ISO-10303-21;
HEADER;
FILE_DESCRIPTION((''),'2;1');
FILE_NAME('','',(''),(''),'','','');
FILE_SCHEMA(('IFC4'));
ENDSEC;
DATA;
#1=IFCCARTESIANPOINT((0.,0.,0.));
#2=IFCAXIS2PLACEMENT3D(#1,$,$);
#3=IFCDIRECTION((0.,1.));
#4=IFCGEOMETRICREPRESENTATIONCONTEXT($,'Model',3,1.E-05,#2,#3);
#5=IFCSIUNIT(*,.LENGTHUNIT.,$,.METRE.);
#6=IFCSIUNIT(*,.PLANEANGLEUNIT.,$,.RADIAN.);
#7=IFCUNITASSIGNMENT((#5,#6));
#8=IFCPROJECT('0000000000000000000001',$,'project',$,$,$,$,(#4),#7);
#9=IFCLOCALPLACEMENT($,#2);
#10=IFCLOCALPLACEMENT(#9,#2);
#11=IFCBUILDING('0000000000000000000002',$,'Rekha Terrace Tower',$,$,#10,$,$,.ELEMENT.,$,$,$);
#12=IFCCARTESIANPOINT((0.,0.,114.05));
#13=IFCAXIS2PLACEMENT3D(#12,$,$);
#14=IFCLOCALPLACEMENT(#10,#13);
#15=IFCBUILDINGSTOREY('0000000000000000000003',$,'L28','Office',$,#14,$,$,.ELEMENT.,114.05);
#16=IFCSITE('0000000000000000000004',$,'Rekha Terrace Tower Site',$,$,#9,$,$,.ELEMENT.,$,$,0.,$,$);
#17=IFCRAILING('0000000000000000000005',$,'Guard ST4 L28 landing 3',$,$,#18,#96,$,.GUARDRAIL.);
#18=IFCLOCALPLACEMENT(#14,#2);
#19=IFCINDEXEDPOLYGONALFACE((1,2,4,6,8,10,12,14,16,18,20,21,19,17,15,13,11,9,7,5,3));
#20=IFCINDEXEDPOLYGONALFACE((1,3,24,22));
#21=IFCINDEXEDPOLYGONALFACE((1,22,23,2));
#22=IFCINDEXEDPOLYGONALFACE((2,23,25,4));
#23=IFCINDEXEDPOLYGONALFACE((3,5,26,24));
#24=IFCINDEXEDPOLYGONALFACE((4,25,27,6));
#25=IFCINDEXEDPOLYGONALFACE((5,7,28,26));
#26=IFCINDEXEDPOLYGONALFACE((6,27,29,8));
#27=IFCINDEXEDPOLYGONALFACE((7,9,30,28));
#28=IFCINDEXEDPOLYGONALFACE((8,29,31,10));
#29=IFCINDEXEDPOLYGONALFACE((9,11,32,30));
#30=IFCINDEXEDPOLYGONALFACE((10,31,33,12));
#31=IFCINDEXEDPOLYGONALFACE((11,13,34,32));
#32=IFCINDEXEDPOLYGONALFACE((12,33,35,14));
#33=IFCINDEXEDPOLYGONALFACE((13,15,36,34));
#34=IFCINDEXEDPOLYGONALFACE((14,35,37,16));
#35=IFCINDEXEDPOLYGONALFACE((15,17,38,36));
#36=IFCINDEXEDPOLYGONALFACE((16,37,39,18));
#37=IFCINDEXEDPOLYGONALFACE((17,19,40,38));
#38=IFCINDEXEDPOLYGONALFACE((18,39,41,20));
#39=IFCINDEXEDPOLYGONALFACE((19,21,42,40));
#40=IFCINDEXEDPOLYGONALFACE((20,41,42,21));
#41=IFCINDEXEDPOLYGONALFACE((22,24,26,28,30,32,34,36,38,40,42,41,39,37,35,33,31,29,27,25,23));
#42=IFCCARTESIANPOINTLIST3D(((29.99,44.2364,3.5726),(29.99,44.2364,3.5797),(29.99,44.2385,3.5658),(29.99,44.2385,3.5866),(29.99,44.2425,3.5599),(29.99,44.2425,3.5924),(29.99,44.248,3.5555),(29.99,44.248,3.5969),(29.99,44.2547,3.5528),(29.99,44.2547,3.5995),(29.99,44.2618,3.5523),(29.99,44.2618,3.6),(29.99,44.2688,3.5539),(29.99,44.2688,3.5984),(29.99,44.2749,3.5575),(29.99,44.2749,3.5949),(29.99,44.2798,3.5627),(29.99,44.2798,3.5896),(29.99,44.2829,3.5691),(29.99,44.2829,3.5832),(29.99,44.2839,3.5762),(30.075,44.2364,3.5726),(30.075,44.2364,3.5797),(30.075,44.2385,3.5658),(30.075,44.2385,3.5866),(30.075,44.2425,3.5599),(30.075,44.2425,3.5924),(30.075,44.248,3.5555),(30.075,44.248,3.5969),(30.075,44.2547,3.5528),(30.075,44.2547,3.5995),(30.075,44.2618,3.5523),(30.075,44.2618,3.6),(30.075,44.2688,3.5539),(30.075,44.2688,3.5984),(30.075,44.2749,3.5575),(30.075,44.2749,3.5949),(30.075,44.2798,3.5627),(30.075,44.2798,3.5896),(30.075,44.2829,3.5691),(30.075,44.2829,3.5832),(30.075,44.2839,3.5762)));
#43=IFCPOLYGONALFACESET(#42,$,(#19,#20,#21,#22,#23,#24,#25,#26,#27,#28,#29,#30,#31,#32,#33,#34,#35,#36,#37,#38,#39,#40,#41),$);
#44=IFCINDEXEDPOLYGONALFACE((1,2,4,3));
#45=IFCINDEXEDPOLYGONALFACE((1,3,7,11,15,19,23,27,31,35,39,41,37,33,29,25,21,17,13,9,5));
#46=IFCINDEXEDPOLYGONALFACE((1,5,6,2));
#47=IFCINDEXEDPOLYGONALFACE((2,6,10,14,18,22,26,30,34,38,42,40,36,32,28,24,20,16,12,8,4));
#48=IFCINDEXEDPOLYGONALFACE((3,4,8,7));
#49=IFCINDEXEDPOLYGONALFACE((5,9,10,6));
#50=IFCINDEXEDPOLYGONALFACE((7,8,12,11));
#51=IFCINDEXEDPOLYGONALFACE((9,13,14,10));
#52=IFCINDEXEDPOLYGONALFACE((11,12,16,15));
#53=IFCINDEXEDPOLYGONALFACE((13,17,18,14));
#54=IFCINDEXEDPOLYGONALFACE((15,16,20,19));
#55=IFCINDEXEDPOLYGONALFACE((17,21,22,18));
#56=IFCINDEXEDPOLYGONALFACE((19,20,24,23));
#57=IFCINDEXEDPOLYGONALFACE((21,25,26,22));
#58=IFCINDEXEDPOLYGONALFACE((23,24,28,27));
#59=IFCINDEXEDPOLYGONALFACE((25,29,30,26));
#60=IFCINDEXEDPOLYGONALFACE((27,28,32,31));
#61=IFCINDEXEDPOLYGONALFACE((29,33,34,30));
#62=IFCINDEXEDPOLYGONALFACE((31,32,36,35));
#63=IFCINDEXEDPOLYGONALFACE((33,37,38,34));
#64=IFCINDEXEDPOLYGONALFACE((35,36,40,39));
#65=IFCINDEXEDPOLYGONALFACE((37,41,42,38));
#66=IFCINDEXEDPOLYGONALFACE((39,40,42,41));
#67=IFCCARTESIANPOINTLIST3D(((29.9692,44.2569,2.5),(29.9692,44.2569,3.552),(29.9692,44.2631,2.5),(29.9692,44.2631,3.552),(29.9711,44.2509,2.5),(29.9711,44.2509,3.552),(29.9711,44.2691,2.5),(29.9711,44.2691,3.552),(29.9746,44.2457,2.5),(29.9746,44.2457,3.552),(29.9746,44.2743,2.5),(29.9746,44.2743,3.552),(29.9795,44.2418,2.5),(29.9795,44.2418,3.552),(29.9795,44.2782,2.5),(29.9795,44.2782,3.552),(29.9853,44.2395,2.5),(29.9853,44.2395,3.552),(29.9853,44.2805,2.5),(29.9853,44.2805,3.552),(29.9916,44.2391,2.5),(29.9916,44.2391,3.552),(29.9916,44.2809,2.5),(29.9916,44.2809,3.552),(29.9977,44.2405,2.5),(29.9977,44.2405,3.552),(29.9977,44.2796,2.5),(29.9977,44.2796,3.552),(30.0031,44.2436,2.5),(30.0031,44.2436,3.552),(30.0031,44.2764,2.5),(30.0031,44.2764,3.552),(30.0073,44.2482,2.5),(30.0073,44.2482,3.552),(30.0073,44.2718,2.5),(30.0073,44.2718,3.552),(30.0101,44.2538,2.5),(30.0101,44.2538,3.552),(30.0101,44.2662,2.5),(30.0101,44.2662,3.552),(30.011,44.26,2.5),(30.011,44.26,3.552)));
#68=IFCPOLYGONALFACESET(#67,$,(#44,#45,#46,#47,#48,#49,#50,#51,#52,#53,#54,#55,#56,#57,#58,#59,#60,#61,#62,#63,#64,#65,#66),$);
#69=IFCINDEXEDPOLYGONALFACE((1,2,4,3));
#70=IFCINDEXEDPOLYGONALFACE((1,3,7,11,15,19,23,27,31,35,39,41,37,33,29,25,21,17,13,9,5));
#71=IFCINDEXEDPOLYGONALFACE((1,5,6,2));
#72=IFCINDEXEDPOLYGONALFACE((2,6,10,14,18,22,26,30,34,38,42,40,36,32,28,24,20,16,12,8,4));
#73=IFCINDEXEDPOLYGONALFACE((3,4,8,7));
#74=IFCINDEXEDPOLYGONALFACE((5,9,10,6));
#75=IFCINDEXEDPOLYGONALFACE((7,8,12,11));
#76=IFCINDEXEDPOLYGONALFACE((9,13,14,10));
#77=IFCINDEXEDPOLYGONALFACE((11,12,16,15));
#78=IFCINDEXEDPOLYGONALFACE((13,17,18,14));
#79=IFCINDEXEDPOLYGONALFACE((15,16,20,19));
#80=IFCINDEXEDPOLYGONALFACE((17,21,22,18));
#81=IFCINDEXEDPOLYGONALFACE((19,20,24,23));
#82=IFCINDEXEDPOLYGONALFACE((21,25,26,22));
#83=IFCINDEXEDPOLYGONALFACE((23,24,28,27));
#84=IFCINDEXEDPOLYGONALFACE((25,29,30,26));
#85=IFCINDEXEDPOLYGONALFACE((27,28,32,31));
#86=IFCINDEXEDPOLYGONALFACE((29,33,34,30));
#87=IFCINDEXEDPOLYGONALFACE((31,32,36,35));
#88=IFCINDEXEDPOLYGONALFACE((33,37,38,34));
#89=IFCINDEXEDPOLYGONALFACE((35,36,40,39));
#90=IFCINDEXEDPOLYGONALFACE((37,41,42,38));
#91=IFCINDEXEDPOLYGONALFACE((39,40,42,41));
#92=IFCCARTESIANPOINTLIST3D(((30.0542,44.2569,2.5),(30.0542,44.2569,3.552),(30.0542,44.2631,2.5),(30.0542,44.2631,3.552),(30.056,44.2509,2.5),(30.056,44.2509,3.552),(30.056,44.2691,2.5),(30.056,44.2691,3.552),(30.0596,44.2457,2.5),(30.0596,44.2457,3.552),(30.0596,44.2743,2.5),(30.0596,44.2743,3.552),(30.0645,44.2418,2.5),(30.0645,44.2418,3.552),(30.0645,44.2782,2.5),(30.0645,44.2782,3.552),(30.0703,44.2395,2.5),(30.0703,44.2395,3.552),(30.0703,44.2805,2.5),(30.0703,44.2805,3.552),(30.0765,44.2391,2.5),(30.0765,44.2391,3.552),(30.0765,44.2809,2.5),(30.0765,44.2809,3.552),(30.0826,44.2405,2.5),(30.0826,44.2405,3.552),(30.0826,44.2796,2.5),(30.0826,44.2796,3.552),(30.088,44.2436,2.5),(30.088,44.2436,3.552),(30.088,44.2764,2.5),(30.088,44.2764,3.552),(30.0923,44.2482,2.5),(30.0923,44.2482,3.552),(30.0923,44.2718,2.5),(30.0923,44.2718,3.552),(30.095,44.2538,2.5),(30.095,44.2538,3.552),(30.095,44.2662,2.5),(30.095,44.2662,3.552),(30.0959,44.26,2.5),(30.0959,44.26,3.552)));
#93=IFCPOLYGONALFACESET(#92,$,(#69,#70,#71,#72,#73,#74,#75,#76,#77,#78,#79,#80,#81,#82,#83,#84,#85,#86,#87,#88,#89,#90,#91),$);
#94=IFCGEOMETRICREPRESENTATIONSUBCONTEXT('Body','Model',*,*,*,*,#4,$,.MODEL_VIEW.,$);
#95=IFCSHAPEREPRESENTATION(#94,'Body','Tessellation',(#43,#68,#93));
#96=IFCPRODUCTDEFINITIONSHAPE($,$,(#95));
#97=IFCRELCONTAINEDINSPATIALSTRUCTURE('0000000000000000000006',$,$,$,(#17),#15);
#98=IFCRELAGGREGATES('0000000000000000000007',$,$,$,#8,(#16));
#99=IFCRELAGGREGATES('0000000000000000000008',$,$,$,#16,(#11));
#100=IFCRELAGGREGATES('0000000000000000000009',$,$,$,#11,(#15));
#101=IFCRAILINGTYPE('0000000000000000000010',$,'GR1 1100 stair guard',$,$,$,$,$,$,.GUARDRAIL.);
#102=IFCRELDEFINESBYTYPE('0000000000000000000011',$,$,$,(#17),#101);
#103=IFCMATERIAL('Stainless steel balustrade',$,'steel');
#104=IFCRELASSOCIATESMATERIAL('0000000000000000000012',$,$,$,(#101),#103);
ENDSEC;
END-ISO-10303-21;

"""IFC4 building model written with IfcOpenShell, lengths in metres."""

from ifc_helpers import new_model, si_unit, direction, frame, origin, origin_2d, place, context, subcontext, project, spatial, circle, extrude, material, type_object, element, save


model = new_model("IFC4")

# Units and contexts
model_context = context("Model", 3, precision=1e-05, world=origin(), true_north=direction((0.0, 1.0)))
body_context = subcontext(model_context, "Body", "Model", "MODEL_VIEW")
ifc_project = project(units=[si_unit("LENGTHUNIT", "METRE"), si_unit("PLANEANGLEUNIT", "RADIAN")], contexts=[model_context])

# Site, building, storey
site_placement = place(None, origin())
site = spatial("IfcSite", under=ifc_project, at=site_placement, Name="Rekha Terrace Tower Site", CompositionType="ELEMENT", RefElevation=0.0)
building_placement = place(site_placement, origin())
building = spatial("IfcBuilding", under=site, at=building_placement, Name="Rekha Terrace Tower", CompositionType="ELEMENT")
storey_placement = place(building_placement, frame((0.0, 0.0, 114.05)))
storey = spatial("IfcBuildingStorey", under=building, at=storey_placement, Name="L28", Description="Office", CompositionType="ELEMENT", Elevation=114.05)

# Railing
ifc_material_1 = material(Name="Stainless steel balustrade", Category="steel")
railing_type_1 = type_object("IfcRailingType", Name="GR1 1100 stair guard", PredefinedType="GUARDRAIL", material=ifc_material_1)
railing_1_placement = place(storey_placement, frame((29.99, 44.26, 2.5)))
element("IfcRailing", 1, at=railing_1_placement, inside=storey, type_object=railing_type_1, Name="Guard ST4 L28 landing 3", PredefinedType="GUARDRAIL", context=body_context, shape_type="SweptSolid", body=[
    extrude(circle(Radius=0.0239, at=origin_2d()), frame((0.0, 0.0, 1.0762), z_axis=(1.0, 0.0, 0.0), x_axis=(0.0, 1.0, 0.0)), (0.0, 0.0, 1.0), 0.085),
    extrude(circle(Radius=0.021, at=origin_2d()), origin(), (0.0, 0.0, 1.0), 1.052),
    extrude(circle(Radius=0.021, at=origin_2d()), frame((0.085, 0.0, 0.0)), (0.0, 0.0, 1.0), 1.052),
])

save(model, "model.ifc")
